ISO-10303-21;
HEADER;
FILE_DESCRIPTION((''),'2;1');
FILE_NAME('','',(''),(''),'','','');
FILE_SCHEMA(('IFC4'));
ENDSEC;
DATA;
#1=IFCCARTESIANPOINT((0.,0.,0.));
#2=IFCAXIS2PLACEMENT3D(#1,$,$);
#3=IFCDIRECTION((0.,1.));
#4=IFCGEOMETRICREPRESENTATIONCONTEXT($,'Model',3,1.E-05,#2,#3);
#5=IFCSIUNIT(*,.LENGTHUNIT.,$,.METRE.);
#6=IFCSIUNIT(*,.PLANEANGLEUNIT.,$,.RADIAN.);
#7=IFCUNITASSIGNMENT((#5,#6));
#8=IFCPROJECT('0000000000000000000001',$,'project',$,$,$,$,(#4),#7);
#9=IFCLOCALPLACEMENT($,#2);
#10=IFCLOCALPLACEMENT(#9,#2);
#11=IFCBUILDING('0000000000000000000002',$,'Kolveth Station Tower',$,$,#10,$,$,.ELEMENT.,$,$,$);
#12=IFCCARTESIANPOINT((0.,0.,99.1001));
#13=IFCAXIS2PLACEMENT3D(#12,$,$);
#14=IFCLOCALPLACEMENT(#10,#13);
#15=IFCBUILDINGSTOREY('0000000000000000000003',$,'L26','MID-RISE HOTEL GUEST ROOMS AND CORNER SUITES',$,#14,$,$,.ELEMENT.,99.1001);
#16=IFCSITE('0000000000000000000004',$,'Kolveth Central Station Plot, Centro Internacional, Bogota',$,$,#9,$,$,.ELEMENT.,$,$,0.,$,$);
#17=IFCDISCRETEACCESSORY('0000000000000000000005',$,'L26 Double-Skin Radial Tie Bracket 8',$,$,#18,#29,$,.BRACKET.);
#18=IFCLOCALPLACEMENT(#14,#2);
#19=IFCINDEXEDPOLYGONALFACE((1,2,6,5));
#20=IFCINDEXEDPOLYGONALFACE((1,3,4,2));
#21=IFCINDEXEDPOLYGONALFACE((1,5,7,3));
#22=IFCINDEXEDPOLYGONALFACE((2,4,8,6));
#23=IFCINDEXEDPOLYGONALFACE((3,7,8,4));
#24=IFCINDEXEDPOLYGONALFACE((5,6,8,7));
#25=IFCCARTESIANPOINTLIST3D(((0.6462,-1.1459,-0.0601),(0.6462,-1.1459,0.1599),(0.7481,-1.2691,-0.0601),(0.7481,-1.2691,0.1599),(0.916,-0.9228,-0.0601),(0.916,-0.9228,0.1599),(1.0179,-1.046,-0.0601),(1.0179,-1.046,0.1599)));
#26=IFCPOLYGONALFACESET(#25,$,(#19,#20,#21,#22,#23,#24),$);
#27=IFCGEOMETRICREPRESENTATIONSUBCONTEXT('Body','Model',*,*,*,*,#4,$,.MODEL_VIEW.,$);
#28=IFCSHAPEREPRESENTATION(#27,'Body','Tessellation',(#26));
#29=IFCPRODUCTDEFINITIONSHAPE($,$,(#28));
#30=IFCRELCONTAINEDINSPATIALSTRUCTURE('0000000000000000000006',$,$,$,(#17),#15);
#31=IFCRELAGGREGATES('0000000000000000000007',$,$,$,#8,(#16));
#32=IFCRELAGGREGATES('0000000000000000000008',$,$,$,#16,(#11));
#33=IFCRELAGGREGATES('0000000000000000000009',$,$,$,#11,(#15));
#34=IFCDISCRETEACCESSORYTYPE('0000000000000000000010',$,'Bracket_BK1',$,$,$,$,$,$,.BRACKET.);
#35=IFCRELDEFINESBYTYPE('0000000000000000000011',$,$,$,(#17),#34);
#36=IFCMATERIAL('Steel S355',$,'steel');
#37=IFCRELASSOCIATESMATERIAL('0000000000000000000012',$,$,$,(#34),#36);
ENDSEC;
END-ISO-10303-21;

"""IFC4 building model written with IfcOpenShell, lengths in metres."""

from ifc_helpers import new_model, si_unit, direction, frame, origin, origin_2d, place, context, subcontext, project, spatial, rectangle, extrude, source, transform, mapped, material, type_object, element, save


model = new_model("IFC4")

# Units and contexts
model_context = context("Model", 3, precision=1e-05, world=origin(), true_north=direction((0.0, 1.0)))
body_context = subcontext(model_context, "Body", "Model", "MODEL_VIEW")
ifc_project = project(units=[si_unit("LENGTHUNIT", "METRE"), si_unit("PLANEANGLEUNIT", "RADIAN")], contexts=[model_context])

# Site, building, storey
site_placement = place(None, origin())
site = spatial("IfcSite", under=ifc_project, at=site_placement, Name="Kolveth Central Station Plot, Centro Internacional, Bogota", CompositionType="ELEMENT", RefElevation=0.0)
building_placement = place(site_placement, origin())
building = spatial("IfcBuilding", under=site, at=building_placement, Name="Kolveth Station Tower", CompositionType="ELEMENT")
storey_placement = place(building_placement, frame((0.0, 0.0, 99.1001)))
storey = spatial("IfcBuildingStorey", under=building, at=storey_placement, Name="L26", Description="MID-RISE HOTEL GUEST ROOMS AND CORNER SUITES", CompositionType="ELEMENT", Elevation=99.1001)

# Shared definitions
ifc_material_1 = material(Name="Steel S355", Category="steel")

# Discrete accessory
discrete_accessory_type = type_object("IfcDiscreteAccessoryType", Name="Bracket_BK1", PredefinedType="BRACKET", material=ifc_material_1)
shared_shape_1 = source(origin(), body_context, "Body", "SweptSolid", [
    extrude(rectangle(XDim=0.3501, YDim=0.1599, at=origin_2d()), origin(), (0.0, 0.0, 1.0), 0.22),
])
discrete_accessory_placement = place(storey_placement, frame((0.832, -1.0959, -0.0601), z_axis=(0.0, 0.0, 1.0), x_axis=(-0.770624, -0.63729, 0.0)))
element("IfcDiscreteAccessory", 1, at=discrete_accessory_placement, inside=storey, type_object=discrete_accessory_type, Name="L26 Double-Skin Radial Tie Bracket 8", PredefinedType="BRACKET", context=body_context, shape_type="MappedRepresentation", body=[
    mapped(shared_shape_1, transform((0.0, 0.0, 0.0), x_axis=(1.0, 0.0, 0.0), y_axis=(0.0, 1.0, 0.0), z_axis=(0.0, 0.0, 1.0), scale=1.0)),
])

save(model, "model.ifc")
